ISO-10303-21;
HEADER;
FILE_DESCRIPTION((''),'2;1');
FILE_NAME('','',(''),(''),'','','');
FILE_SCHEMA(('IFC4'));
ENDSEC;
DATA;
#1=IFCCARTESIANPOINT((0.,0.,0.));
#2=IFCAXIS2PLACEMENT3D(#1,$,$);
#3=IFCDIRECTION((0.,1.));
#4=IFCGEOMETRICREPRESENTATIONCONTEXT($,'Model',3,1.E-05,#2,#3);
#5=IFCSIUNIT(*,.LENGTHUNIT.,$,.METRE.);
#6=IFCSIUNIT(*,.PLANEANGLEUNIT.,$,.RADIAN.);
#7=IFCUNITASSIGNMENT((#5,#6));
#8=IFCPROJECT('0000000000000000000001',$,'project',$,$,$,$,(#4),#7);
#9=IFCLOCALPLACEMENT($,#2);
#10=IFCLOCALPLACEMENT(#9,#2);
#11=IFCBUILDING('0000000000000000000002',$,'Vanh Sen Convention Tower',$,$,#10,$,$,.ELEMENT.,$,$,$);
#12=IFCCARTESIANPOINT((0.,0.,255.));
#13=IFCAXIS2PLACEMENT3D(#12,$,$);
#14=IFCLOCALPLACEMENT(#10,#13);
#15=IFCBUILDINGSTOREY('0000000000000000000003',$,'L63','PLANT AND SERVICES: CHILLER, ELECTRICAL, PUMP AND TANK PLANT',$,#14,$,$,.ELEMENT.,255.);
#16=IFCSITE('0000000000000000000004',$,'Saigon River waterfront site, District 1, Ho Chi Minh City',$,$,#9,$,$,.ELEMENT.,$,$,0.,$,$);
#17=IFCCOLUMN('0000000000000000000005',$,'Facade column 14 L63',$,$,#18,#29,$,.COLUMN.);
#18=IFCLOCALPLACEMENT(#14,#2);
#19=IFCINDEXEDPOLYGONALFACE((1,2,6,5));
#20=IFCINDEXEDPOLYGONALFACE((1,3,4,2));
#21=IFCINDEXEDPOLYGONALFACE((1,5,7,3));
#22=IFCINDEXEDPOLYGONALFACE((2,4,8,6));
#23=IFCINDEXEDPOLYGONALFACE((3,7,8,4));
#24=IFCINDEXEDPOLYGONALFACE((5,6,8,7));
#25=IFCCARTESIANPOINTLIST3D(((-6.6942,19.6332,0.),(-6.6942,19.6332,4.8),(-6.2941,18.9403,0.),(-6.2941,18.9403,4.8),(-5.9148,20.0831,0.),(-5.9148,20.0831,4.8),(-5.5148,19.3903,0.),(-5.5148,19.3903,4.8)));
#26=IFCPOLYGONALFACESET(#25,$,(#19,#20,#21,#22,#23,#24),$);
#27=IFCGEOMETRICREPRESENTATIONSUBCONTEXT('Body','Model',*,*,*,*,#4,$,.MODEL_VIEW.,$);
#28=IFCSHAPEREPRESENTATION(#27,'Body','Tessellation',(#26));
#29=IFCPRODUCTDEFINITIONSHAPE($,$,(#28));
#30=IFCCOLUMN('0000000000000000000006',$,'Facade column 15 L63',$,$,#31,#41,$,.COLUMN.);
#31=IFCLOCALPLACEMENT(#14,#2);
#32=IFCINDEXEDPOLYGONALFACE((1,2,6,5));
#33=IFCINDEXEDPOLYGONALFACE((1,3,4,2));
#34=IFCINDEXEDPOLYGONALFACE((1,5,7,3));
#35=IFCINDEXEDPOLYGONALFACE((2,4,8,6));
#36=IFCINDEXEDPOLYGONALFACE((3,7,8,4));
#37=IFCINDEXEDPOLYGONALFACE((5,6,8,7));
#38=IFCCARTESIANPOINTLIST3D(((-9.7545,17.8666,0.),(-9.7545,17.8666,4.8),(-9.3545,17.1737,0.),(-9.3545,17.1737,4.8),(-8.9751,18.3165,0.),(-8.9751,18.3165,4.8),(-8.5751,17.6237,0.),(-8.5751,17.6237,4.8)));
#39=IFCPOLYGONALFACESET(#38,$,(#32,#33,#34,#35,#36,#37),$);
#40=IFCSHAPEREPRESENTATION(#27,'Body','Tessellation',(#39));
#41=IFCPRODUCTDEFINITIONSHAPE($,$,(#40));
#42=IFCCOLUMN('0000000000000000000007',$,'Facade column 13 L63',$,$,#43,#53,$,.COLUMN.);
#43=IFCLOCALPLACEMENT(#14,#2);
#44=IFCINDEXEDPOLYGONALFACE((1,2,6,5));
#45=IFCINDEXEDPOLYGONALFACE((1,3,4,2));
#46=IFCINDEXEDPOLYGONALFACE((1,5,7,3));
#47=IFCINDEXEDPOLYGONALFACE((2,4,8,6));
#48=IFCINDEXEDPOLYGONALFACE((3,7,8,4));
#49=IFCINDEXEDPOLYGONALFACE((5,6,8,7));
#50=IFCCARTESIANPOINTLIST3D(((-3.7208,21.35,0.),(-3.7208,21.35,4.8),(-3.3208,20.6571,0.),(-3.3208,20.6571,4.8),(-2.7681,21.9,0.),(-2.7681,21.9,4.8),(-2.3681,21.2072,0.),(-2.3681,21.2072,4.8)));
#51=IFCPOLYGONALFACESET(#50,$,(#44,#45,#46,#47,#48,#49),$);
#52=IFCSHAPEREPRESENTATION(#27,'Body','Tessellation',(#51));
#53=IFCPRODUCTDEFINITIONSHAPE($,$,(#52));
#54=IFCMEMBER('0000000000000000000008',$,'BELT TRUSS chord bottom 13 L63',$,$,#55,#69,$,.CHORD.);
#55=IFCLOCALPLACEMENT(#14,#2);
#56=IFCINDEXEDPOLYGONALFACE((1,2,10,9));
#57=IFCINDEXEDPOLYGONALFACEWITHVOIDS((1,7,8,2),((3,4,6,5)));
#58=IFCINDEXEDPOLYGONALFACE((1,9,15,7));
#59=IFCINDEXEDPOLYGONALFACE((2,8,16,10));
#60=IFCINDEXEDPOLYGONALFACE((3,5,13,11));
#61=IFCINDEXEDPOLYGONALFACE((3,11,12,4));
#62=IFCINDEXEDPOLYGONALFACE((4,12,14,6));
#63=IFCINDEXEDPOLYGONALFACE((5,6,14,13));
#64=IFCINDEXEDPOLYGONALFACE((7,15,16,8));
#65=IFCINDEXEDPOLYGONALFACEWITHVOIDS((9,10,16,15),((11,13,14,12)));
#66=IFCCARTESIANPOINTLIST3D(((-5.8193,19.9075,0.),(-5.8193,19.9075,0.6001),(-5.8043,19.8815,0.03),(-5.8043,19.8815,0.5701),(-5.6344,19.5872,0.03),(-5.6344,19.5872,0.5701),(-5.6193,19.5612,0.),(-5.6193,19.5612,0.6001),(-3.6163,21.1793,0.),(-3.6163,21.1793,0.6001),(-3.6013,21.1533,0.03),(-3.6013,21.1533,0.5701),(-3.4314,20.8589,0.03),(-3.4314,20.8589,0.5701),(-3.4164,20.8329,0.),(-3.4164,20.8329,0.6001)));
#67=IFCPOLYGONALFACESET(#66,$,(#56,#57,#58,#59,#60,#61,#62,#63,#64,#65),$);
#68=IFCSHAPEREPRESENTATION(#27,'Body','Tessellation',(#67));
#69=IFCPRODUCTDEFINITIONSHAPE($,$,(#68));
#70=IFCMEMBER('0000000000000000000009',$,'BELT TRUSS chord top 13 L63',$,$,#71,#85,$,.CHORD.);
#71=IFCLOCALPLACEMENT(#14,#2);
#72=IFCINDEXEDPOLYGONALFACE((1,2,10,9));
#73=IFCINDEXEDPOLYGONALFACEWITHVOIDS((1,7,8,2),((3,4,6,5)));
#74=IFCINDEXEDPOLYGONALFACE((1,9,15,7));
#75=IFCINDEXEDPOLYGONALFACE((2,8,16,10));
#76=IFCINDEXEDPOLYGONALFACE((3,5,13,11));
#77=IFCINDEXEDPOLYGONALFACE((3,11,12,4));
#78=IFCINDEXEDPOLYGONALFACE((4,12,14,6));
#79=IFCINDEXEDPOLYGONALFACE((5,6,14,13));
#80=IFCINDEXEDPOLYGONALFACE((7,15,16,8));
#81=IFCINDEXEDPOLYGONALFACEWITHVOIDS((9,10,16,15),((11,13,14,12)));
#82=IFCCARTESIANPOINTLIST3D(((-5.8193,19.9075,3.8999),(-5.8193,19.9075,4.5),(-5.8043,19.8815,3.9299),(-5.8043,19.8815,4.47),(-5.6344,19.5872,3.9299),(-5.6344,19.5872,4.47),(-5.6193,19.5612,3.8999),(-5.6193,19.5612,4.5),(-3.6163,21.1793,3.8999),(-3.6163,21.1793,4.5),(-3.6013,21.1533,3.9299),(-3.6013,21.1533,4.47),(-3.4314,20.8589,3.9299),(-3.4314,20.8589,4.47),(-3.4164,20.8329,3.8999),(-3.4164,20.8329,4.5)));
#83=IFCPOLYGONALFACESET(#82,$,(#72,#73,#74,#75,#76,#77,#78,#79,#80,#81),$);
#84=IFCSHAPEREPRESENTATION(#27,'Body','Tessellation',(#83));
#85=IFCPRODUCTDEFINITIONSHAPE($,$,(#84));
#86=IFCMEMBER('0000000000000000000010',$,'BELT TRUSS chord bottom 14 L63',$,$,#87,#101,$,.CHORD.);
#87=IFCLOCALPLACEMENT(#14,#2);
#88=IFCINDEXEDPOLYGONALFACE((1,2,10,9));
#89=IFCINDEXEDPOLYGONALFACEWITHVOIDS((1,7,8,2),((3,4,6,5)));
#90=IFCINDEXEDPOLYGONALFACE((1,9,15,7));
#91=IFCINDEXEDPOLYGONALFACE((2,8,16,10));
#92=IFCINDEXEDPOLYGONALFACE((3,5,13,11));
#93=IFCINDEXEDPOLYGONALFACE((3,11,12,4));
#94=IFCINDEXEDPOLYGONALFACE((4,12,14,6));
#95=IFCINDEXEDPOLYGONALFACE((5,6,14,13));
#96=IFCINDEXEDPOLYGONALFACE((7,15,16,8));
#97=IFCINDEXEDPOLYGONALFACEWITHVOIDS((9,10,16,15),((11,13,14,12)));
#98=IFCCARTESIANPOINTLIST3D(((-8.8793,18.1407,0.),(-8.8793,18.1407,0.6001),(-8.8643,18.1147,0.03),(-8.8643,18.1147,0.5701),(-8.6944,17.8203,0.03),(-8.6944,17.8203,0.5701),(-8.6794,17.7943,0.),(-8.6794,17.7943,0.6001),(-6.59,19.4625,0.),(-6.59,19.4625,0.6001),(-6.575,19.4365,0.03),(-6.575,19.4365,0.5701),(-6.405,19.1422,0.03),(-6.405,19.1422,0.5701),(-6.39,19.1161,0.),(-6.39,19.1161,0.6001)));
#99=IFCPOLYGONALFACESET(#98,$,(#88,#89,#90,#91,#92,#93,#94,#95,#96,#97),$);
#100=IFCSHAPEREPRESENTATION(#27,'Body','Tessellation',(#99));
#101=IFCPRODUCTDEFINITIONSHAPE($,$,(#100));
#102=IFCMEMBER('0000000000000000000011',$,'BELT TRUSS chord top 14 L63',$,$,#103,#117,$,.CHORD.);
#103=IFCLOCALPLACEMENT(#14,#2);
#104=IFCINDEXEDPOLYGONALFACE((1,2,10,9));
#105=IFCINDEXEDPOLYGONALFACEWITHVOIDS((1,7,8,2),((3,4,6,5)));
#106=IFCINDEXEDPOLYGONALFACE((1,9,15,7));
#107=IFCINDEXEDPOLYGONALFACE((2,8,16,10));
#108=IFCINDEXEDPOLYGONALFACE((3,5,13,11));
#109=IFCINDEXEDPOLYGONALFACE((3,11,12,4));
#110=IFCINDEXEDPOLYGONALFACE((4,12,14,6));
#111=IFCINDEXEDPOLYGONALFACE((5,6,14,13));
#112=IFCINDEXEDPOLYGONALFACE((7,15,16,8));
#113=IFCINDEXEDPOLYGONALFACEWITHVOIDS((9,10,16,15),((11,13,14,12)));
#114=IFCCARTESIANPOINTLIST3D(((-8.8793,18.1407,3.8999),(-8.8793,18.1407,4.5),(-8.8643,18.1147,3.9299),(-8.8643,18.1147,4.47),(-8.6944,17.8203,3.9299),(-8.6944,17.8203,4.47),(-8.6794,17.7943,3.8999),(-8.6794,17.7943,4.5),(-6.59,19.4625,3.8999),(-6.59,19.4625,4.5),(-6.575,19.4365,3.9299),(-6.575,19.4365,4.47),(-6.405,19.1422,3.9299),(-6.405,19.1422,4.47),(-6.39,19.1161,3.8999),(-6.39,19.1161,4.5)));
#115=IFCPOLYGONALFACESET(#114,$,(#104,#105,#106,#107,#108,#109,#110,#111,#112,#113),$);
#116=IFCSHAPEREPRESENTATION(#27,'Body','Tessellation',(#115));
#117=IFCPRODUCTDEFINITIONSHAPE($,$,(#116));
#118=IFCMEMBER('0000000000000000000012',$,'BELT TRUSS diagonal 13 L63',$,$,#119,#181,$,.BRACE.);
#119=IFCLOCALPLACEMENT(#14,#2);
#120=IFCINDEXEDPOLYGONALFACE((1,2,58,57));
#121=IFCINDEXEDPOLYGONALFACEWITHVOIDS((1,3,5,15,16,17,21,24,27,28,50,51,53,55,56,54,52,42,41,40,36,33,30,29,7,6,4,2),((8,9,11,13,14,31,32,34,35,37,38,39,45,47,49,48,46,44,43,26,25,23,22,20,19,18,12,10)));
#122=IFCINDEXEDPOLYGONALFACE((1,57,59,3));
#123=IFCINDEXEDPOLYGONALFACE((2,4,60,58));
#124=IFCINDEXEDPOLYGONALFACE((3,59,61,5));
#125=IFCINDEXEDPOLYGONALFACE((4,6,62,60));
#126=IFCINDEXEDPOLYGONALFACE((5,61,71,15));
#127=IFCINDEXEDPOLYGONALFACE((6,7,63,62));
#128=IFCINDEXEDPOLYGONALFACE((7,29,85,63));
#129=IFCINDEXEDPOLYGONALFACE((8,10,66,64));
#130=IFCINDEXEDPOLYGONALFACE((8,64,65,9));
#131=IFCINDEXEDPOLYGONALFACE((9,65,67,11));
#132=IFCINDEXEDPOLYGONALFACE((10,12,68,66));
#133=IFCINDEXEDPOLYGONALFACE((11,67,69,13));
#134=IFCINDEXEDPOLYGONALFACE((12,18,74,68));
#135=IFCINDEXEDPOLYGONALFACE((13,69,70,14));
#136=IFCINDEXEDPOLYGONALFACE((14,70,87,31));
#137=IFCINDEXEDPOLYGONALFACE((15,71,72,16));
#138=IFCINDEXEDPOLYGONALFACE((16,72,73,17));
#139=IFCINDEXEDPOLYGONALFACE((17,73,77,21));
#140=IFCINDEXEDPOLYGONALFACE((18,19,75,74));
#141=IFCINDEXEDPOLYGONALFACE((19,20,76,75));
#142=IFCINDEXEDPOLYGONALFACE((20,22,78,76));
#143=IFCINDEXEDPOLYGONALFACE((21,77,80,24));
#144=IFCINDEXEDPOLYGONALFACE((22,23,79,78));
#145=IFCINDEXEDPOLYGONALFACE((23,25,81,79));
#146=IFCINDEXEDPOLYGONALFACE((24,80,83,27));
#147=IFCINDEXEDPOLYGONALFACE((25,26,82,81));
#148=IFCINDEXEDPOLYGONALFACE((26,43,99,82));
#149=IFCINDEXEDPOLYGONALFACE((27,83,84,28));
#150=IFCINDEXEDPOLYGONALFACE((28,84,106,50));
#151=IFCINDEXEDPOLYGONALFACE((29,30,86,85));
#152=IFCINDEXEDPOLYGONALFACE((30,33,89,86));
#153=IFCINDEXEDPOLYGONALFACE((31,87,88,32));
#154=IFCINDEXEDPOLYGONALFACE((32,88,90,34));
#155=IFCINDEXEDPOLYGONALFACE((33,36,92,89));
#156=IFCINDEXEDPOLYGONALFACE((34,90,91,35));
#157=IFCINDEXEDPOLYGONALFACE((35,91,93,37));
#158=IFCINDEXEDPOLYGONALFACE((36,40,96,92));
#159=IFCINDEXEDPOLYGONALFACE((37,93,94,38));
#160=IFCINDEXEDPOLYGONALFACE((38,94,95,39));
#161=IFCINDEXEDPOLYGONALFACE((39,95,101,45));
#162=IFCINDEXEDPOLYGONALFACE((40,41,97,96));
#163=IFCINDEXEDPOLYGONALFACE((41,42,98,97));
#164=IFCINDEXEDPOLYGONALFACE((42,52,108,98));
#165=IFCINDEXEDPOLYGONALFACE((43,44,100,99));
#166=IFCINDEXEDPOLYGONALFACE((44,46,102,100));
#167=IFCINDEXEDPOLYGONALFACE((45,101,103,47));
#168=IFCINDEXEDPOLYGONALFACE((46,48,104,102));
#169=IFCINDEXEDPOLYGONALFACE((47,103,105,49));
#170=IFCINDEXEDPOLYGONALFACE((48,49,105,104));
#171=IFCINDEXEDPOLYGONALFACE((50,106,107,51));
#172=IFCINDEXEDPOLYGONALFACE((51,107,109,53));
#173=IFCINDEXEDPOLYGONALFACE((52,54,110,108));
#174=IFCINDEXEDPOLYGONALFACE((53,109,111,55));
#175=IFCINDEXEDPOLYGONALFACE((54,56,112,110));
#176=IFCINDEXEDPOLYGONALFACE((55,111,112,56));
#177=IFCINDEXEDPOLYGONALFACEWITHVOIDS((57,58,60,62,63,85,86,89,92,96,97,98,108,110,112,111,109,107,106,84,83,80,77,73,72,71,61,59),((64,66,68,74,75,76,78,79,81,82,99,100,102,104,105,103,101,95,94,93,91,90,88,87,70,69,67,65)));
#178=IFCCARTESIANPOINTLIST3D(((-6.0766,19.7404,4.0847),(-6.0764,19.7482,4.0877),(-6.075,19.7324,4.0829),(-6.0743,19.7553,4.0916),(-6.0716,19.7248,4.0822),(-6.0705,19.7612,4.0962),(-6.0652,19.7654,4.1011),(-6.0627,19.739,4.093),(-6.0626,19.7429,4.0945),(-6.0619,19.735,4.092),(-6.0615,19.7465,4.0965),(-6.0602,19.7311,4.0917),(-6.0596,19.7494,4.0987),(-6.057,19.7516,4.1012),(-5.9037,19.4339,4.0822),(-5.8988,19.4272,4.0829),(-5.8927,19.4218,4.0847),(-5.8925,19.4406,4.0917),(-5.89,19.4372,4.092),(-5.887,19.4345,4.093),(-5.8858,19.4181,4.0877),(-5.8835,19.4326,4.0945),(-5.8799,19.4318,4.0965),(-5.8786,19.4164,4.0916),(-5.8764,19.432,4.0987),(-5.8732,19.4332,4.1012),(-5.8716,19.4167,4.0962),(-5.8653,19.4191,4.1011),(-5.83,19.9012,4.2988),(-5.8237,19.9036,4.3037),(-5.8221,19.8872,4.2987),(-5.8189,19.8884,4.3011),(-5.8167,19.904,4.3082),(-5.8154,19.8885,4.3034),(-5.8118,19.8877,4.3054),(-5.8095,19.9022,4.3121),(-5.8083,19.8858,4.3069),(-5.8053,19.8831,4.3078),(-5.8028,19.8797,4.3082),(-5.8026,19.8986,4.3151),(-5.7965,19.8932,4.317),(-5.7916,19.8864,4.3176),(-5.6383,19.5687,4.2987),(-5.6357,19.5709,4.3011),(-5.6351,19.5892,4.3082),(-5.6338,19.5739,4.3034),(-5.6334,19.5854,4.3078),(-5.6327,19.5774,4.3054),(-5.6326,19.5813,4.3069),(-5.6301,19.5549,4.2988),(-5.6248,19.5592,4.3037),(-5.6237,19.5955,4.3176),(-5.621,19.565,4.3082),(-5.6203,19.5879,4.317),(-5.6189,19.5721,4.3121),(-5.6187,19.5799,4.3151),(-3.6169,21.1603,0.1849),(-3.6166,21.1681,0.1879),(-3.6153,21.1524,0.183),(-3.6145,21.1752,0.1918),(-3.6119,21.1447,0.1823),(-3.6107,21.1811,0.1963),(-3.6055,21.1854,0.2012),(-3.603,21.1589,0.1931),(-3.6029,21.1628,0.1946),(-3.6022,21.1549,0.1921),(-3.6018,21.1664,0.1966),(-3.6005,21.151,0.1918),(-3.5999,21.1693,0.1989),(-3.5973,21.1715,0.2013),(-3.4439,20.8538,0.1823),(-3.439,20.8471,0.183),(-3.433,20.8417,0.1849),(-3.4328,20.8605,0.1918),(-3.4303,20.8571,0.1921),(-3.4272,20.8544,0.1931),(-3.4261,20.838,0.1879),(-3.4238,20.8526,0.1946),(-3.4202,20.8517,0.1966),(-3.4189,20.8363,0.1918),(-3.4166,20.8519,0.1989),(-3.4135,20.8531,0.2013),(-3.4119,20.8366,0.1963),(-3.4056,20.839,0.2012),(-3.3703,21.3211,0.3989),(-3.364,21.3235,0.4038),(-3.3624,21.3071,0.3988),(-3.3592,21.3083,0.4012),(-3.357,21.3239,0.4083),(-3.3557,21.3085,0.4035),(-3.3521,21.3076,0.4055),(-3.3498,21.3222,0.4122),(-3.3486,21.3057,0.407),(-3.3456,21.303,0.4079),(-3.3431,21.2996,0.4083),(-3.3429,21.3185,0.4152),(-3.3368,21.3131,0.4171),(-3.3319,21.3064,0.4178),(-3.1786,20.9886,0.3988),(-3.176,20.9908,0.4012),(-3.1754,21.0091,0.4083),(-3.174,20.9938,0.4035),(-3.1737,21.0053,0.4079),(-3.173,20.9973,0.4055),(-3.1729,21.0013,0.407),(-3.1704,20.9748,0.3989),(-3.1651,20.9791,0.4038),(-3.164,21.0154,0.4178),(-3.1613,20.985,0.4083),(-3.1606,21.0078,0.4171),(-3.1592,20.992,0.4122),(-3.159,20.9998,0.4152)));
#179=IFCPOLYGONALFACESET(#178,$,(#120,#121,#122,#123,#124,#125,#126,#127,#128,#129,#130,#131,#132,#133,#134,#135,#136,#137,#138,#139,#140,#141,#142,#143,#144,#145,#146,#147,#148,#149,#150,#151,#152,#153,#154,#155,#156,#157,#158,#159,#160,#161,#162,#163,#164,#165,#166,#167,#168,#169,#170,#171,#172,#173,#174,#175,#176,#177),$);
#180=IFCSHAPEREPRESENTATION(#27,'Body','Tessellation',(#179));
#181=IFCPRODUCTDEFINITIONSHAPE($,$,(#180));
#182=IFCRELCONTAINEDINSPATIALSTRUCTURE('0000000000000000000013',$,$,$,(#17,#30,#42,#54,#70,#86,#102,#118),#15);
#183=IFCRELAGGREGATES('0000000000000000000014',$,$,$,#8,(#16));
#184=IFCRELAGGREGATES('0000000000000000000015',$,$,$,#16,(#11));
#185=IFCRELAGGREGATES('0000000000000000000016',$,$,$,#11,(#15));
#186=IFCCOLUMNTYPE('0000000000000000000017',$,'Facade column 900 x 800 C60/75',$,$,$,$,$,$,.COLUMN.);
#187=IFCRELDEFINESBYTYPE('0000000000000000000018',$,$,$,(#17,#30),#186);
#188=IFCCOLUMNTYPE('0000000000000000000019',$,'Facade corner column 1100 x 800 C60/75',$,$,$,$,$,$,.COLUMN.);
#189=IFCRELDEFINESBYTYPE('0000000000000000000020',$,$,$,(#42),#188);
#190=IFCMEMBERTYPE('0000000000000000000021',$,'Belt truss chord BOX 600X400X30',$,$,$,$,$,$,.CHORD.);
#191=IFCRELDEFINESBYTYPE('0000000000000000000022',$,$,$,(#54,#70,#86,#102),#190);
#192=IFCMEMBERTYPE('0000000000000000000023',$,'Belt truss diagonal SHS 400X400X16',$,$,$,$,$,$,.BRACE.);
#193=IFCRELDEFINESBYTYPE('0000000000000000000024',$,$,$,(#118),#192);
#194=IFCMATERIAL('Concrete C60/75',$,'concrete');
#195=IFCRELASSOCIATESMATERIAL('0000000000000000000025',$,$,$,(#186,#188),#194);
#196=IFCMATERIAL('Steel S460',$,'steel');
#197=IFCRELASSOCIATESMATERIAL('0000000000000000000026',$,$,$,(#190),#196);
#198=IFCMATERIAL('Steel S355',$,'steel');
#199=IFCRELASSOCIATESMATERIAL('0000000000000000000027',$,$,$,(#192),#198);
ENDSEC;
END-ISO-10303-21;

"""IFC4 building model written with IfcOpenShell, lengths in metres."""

from ifc_helpers import new_model, si_unit, direction, frame, origin, origin_2d, place, context, subcontext, project, spatial, rectangle, hollow_rectangle, extrude, material, material_profile, profile_set, type_object, element, save


model = new_model("IFC4")

# Units and contexts
model_context = context("Model", 3, precision=1e-05, world=origin(), true_north=direction((0.0, 1.0)))
body_context = subcontext(model_context, "Body", "Model", "MODEL_VIEW")
ifc_project = project(units=[si_unit("LENGTHUNIT", "METRE"), si_unit("PLANEANGLEUNIT", "RADIAN")], contexts=[model_context])

# Site, building, storey
site_placement = place(None, origin())
site = spatial("IfcSite", under=ifc_project, at=site_placement, Name="Saigon River waterfront site, District 1, Ho Chi Minh City", CompositionType="ELEMENT", RefElevation=0.0)
building_placement = place(site_placement, origin())
building = spatial("IfcBuilding", under=site, at=building_placement, Name="Vanh Sen Convention Tower", CompositionType="ELEMENT")
storey_placement = place(building_placement, frame((0.0, 0.0, 255.0)))
storey = spatial("IfcBuildingStorey", under=building, at=storey_placement, Name="L63", Description="PLANT AND SERVICES: CHILLER, ELECTRICAL, PUMP AND TANK PLANT", CompositionType="ELEMENT", Elevation=255.0)

# Columns
ifc_material_1 = material(Name="Concrete C60/75", Category="concrete")
ifc_material_profile_1 = material_profile(ifc_material_1, rectangle(XDim=0.8999, YDim=0.8, at=origin_2d()), Name="RC 900X800")
ifc_profile_set_1 = profile_set([ifc_material_profile_1], Name="Concrete C60/75")
column_type_1 = type_object("IfcColumnType", Name="Facade column 900 x 800 C60/75", PredefinedType="COLUMN", material=ifc_profile_set_1)
for number, where, z_axis, x_axis, name in (
    (1, (-6.1045, 19.5117, 0.0), (0.0, 0.0, 1.0), (-0.866025, -0.5, 0.0), "Facade column 14 L63"),
    (2, (-9.1648, 17.7451, 0.0), (0.0, 0.0, 1.0), (-0.866025, -0.5, 0.0), "Facade column 15 L63"),
):
    element("IfcColumn", number, at=place(storey_placement, frame(where, z_axis=z_axis, x_axis=x_axis)), inside=storey, type_object=column_type_1, Name=name, PredefinedType="COLUMN", context=body_context, shape_type="SweptSolid", body=[
        extrude(rectangle(XDim=0.8999, YDim=0.8, at=origin_2d()), origin(), (0.0, 0.0, 1.0), 4.8),
    ])
ifc_material_profile_2 = material_profile(ifc_material_1, rectangle(XDim=1.1001, YDim=0.8, at=origin_2d()), Name="RC 1100X800")
ifc_profile_set_2 = profile_set([ifc_material_profile_2], Name="Concrete C60/75")
column_type_2 = type_object("IfcColumnType", Name="Facade corner column 1100 x 800 C60/75", PredefinedType="COLUMN", material=ifc_profile_set_2)
column_placement = place(storey_placement, frame((-3.0444, 21.2786, 0.0), z_axis=(0.0, 0.0, 1.0), x_axis=(-0.866025, -0.5, 0.0)))
element("IfcColumn", 3, at=column_placement, inside=storey, type_object=column_type_2, Name="Facade column 13 L63", PredefinedType="COLUMN", context=body_context, shape_type="SweptSolid", body=[
    extrude(rectangle(XDim=1.1001, YDim=0.8, at=origin_2d()), origin(), (0.0, 0.0, 1.0), 4.8),
])

# Members
ifc_material_2 = material(Name="Steel S460", Category="steel")
ifc_material_profile_3 = material_profile(ifc_material_2, hollow_rectangle(XDim=0.3999, YDim=0.6001, WallThickness=0.03, at=origin_2d()), Name="BOX 600X400X30")
ifc_profile_set_3 = profile_set([ifc_material_profile_3], Name="Steel S460")
member_type_1 = type_object("IfcMemberType", Name="Belt truss chord BOX 600X400X30", PredefinedType="CHORD", material=ifc_profile_set_3)
for number, where, z_axis, x_axis, name in (
    (4, (-3.5164, 21.0061, 0.3), (-0.866043, -0.499969, 0.0), (0.499969, -0.866043, 0.0), "BELT TRUSS chord bottom 13 L63"),
    (5, (-3.5164, 21.0061, 4.2), (-0.866043, -0.499969, 0.0), (0.499969, -0.866043, 0.0), "BELT TRUSS chord top 13 L63"),
):
    element("IfcMember", number, at=place(storey_placement, frame(where, z_axis=z_axis, x_axis=x_axis)), inside=storey, type_object=member_type_1, Name=name, PredefinedType="CHORD", context=body_context, shape_type="SweptSolid", body=[
        extrude(hollow_rectangle(XDim=0.3999, YDim=0.6001, WallThickness=0.03, at=origin_2d()), origin(), (0.0, 0.0, 1.0), 2.5437),
    ])
for number, where, z_axis, x_axis, name in (
    (6, (-6.49, 19.2893, 0.3), (-0.866018, -0.500013, 0.0), (0.500013, -0.866018, 0.0), "BELT TRUSS chord bottom 14 L63"),
    (7, (-6.49, 19.2893, 4.2), (-0.866018, -0.500013, 0.0), (0.500013, -0.866018, 0.0), "BELT TRUSS chord top 14 L63"),
):
    element("IfcMember", number, at=place(storey_placement, frame(where, z_axis=z_axis, x_axis=x_axis)), inside=storey, type_object=member_type_1, Name=name, PredefinedType="CHORD", context=body_context, shape_type="SweptSolid", body=[
        extrude(hollow_rectangle(XDim=0.3999, YDim=0.6001, WallThickness=0.03, at=origin_2d()), origin(), (0.0, 0.0, 1.0), 2.6436),
    ])
ifc_material_3 = material(Name="Steel S355", Category="steel")
ifc_material_profile_4 = material_profile(ifc_material_3, hollow_rectangle(XDim=0.3999, YDim=0.3999, WallThickness=0.0161, InnerFilletRadius=0.0161, OuterFilletRadius=0.032, at=origin_2d()), Name="SHS 400X400X16")
ifc_profile_set_4 = profile_set([ifc_material_profile_4], Name="Steel S355")
member_type_2 = type_object("IfcMemberType", Name="Belt truss diagonal SHS 400X400X16", PredefinedType="BRACE", material=ifc_profile_set_4)
member_1_placement = place(storey_placement, frame((-3.3879, 21.0801, 0.3), z_axis=(-0.509841, -0.294316, 0.808357), x_axis=(0.499948, -0.866055, 0.0)))
element("IfcMember", 8, at=member_1_placement, inside=storey, type_object=member_type_2, Name="BELT TRUSS diagonal 13 L63", PredefinedType="BRACE", context=body_context, shape_type="SweptSolid", body=[
    extrude(hollow_rectangle(XDim=0.3999, YDim=0.3999, WallThickness=0.0161, InnerFilletRadius=0.0161, OuterFilletRadius=0.032, at=origin_2d()), origin(), (0.0, 0.0, 1.0), 4.8245),
])

save(model, "model.ifc")
